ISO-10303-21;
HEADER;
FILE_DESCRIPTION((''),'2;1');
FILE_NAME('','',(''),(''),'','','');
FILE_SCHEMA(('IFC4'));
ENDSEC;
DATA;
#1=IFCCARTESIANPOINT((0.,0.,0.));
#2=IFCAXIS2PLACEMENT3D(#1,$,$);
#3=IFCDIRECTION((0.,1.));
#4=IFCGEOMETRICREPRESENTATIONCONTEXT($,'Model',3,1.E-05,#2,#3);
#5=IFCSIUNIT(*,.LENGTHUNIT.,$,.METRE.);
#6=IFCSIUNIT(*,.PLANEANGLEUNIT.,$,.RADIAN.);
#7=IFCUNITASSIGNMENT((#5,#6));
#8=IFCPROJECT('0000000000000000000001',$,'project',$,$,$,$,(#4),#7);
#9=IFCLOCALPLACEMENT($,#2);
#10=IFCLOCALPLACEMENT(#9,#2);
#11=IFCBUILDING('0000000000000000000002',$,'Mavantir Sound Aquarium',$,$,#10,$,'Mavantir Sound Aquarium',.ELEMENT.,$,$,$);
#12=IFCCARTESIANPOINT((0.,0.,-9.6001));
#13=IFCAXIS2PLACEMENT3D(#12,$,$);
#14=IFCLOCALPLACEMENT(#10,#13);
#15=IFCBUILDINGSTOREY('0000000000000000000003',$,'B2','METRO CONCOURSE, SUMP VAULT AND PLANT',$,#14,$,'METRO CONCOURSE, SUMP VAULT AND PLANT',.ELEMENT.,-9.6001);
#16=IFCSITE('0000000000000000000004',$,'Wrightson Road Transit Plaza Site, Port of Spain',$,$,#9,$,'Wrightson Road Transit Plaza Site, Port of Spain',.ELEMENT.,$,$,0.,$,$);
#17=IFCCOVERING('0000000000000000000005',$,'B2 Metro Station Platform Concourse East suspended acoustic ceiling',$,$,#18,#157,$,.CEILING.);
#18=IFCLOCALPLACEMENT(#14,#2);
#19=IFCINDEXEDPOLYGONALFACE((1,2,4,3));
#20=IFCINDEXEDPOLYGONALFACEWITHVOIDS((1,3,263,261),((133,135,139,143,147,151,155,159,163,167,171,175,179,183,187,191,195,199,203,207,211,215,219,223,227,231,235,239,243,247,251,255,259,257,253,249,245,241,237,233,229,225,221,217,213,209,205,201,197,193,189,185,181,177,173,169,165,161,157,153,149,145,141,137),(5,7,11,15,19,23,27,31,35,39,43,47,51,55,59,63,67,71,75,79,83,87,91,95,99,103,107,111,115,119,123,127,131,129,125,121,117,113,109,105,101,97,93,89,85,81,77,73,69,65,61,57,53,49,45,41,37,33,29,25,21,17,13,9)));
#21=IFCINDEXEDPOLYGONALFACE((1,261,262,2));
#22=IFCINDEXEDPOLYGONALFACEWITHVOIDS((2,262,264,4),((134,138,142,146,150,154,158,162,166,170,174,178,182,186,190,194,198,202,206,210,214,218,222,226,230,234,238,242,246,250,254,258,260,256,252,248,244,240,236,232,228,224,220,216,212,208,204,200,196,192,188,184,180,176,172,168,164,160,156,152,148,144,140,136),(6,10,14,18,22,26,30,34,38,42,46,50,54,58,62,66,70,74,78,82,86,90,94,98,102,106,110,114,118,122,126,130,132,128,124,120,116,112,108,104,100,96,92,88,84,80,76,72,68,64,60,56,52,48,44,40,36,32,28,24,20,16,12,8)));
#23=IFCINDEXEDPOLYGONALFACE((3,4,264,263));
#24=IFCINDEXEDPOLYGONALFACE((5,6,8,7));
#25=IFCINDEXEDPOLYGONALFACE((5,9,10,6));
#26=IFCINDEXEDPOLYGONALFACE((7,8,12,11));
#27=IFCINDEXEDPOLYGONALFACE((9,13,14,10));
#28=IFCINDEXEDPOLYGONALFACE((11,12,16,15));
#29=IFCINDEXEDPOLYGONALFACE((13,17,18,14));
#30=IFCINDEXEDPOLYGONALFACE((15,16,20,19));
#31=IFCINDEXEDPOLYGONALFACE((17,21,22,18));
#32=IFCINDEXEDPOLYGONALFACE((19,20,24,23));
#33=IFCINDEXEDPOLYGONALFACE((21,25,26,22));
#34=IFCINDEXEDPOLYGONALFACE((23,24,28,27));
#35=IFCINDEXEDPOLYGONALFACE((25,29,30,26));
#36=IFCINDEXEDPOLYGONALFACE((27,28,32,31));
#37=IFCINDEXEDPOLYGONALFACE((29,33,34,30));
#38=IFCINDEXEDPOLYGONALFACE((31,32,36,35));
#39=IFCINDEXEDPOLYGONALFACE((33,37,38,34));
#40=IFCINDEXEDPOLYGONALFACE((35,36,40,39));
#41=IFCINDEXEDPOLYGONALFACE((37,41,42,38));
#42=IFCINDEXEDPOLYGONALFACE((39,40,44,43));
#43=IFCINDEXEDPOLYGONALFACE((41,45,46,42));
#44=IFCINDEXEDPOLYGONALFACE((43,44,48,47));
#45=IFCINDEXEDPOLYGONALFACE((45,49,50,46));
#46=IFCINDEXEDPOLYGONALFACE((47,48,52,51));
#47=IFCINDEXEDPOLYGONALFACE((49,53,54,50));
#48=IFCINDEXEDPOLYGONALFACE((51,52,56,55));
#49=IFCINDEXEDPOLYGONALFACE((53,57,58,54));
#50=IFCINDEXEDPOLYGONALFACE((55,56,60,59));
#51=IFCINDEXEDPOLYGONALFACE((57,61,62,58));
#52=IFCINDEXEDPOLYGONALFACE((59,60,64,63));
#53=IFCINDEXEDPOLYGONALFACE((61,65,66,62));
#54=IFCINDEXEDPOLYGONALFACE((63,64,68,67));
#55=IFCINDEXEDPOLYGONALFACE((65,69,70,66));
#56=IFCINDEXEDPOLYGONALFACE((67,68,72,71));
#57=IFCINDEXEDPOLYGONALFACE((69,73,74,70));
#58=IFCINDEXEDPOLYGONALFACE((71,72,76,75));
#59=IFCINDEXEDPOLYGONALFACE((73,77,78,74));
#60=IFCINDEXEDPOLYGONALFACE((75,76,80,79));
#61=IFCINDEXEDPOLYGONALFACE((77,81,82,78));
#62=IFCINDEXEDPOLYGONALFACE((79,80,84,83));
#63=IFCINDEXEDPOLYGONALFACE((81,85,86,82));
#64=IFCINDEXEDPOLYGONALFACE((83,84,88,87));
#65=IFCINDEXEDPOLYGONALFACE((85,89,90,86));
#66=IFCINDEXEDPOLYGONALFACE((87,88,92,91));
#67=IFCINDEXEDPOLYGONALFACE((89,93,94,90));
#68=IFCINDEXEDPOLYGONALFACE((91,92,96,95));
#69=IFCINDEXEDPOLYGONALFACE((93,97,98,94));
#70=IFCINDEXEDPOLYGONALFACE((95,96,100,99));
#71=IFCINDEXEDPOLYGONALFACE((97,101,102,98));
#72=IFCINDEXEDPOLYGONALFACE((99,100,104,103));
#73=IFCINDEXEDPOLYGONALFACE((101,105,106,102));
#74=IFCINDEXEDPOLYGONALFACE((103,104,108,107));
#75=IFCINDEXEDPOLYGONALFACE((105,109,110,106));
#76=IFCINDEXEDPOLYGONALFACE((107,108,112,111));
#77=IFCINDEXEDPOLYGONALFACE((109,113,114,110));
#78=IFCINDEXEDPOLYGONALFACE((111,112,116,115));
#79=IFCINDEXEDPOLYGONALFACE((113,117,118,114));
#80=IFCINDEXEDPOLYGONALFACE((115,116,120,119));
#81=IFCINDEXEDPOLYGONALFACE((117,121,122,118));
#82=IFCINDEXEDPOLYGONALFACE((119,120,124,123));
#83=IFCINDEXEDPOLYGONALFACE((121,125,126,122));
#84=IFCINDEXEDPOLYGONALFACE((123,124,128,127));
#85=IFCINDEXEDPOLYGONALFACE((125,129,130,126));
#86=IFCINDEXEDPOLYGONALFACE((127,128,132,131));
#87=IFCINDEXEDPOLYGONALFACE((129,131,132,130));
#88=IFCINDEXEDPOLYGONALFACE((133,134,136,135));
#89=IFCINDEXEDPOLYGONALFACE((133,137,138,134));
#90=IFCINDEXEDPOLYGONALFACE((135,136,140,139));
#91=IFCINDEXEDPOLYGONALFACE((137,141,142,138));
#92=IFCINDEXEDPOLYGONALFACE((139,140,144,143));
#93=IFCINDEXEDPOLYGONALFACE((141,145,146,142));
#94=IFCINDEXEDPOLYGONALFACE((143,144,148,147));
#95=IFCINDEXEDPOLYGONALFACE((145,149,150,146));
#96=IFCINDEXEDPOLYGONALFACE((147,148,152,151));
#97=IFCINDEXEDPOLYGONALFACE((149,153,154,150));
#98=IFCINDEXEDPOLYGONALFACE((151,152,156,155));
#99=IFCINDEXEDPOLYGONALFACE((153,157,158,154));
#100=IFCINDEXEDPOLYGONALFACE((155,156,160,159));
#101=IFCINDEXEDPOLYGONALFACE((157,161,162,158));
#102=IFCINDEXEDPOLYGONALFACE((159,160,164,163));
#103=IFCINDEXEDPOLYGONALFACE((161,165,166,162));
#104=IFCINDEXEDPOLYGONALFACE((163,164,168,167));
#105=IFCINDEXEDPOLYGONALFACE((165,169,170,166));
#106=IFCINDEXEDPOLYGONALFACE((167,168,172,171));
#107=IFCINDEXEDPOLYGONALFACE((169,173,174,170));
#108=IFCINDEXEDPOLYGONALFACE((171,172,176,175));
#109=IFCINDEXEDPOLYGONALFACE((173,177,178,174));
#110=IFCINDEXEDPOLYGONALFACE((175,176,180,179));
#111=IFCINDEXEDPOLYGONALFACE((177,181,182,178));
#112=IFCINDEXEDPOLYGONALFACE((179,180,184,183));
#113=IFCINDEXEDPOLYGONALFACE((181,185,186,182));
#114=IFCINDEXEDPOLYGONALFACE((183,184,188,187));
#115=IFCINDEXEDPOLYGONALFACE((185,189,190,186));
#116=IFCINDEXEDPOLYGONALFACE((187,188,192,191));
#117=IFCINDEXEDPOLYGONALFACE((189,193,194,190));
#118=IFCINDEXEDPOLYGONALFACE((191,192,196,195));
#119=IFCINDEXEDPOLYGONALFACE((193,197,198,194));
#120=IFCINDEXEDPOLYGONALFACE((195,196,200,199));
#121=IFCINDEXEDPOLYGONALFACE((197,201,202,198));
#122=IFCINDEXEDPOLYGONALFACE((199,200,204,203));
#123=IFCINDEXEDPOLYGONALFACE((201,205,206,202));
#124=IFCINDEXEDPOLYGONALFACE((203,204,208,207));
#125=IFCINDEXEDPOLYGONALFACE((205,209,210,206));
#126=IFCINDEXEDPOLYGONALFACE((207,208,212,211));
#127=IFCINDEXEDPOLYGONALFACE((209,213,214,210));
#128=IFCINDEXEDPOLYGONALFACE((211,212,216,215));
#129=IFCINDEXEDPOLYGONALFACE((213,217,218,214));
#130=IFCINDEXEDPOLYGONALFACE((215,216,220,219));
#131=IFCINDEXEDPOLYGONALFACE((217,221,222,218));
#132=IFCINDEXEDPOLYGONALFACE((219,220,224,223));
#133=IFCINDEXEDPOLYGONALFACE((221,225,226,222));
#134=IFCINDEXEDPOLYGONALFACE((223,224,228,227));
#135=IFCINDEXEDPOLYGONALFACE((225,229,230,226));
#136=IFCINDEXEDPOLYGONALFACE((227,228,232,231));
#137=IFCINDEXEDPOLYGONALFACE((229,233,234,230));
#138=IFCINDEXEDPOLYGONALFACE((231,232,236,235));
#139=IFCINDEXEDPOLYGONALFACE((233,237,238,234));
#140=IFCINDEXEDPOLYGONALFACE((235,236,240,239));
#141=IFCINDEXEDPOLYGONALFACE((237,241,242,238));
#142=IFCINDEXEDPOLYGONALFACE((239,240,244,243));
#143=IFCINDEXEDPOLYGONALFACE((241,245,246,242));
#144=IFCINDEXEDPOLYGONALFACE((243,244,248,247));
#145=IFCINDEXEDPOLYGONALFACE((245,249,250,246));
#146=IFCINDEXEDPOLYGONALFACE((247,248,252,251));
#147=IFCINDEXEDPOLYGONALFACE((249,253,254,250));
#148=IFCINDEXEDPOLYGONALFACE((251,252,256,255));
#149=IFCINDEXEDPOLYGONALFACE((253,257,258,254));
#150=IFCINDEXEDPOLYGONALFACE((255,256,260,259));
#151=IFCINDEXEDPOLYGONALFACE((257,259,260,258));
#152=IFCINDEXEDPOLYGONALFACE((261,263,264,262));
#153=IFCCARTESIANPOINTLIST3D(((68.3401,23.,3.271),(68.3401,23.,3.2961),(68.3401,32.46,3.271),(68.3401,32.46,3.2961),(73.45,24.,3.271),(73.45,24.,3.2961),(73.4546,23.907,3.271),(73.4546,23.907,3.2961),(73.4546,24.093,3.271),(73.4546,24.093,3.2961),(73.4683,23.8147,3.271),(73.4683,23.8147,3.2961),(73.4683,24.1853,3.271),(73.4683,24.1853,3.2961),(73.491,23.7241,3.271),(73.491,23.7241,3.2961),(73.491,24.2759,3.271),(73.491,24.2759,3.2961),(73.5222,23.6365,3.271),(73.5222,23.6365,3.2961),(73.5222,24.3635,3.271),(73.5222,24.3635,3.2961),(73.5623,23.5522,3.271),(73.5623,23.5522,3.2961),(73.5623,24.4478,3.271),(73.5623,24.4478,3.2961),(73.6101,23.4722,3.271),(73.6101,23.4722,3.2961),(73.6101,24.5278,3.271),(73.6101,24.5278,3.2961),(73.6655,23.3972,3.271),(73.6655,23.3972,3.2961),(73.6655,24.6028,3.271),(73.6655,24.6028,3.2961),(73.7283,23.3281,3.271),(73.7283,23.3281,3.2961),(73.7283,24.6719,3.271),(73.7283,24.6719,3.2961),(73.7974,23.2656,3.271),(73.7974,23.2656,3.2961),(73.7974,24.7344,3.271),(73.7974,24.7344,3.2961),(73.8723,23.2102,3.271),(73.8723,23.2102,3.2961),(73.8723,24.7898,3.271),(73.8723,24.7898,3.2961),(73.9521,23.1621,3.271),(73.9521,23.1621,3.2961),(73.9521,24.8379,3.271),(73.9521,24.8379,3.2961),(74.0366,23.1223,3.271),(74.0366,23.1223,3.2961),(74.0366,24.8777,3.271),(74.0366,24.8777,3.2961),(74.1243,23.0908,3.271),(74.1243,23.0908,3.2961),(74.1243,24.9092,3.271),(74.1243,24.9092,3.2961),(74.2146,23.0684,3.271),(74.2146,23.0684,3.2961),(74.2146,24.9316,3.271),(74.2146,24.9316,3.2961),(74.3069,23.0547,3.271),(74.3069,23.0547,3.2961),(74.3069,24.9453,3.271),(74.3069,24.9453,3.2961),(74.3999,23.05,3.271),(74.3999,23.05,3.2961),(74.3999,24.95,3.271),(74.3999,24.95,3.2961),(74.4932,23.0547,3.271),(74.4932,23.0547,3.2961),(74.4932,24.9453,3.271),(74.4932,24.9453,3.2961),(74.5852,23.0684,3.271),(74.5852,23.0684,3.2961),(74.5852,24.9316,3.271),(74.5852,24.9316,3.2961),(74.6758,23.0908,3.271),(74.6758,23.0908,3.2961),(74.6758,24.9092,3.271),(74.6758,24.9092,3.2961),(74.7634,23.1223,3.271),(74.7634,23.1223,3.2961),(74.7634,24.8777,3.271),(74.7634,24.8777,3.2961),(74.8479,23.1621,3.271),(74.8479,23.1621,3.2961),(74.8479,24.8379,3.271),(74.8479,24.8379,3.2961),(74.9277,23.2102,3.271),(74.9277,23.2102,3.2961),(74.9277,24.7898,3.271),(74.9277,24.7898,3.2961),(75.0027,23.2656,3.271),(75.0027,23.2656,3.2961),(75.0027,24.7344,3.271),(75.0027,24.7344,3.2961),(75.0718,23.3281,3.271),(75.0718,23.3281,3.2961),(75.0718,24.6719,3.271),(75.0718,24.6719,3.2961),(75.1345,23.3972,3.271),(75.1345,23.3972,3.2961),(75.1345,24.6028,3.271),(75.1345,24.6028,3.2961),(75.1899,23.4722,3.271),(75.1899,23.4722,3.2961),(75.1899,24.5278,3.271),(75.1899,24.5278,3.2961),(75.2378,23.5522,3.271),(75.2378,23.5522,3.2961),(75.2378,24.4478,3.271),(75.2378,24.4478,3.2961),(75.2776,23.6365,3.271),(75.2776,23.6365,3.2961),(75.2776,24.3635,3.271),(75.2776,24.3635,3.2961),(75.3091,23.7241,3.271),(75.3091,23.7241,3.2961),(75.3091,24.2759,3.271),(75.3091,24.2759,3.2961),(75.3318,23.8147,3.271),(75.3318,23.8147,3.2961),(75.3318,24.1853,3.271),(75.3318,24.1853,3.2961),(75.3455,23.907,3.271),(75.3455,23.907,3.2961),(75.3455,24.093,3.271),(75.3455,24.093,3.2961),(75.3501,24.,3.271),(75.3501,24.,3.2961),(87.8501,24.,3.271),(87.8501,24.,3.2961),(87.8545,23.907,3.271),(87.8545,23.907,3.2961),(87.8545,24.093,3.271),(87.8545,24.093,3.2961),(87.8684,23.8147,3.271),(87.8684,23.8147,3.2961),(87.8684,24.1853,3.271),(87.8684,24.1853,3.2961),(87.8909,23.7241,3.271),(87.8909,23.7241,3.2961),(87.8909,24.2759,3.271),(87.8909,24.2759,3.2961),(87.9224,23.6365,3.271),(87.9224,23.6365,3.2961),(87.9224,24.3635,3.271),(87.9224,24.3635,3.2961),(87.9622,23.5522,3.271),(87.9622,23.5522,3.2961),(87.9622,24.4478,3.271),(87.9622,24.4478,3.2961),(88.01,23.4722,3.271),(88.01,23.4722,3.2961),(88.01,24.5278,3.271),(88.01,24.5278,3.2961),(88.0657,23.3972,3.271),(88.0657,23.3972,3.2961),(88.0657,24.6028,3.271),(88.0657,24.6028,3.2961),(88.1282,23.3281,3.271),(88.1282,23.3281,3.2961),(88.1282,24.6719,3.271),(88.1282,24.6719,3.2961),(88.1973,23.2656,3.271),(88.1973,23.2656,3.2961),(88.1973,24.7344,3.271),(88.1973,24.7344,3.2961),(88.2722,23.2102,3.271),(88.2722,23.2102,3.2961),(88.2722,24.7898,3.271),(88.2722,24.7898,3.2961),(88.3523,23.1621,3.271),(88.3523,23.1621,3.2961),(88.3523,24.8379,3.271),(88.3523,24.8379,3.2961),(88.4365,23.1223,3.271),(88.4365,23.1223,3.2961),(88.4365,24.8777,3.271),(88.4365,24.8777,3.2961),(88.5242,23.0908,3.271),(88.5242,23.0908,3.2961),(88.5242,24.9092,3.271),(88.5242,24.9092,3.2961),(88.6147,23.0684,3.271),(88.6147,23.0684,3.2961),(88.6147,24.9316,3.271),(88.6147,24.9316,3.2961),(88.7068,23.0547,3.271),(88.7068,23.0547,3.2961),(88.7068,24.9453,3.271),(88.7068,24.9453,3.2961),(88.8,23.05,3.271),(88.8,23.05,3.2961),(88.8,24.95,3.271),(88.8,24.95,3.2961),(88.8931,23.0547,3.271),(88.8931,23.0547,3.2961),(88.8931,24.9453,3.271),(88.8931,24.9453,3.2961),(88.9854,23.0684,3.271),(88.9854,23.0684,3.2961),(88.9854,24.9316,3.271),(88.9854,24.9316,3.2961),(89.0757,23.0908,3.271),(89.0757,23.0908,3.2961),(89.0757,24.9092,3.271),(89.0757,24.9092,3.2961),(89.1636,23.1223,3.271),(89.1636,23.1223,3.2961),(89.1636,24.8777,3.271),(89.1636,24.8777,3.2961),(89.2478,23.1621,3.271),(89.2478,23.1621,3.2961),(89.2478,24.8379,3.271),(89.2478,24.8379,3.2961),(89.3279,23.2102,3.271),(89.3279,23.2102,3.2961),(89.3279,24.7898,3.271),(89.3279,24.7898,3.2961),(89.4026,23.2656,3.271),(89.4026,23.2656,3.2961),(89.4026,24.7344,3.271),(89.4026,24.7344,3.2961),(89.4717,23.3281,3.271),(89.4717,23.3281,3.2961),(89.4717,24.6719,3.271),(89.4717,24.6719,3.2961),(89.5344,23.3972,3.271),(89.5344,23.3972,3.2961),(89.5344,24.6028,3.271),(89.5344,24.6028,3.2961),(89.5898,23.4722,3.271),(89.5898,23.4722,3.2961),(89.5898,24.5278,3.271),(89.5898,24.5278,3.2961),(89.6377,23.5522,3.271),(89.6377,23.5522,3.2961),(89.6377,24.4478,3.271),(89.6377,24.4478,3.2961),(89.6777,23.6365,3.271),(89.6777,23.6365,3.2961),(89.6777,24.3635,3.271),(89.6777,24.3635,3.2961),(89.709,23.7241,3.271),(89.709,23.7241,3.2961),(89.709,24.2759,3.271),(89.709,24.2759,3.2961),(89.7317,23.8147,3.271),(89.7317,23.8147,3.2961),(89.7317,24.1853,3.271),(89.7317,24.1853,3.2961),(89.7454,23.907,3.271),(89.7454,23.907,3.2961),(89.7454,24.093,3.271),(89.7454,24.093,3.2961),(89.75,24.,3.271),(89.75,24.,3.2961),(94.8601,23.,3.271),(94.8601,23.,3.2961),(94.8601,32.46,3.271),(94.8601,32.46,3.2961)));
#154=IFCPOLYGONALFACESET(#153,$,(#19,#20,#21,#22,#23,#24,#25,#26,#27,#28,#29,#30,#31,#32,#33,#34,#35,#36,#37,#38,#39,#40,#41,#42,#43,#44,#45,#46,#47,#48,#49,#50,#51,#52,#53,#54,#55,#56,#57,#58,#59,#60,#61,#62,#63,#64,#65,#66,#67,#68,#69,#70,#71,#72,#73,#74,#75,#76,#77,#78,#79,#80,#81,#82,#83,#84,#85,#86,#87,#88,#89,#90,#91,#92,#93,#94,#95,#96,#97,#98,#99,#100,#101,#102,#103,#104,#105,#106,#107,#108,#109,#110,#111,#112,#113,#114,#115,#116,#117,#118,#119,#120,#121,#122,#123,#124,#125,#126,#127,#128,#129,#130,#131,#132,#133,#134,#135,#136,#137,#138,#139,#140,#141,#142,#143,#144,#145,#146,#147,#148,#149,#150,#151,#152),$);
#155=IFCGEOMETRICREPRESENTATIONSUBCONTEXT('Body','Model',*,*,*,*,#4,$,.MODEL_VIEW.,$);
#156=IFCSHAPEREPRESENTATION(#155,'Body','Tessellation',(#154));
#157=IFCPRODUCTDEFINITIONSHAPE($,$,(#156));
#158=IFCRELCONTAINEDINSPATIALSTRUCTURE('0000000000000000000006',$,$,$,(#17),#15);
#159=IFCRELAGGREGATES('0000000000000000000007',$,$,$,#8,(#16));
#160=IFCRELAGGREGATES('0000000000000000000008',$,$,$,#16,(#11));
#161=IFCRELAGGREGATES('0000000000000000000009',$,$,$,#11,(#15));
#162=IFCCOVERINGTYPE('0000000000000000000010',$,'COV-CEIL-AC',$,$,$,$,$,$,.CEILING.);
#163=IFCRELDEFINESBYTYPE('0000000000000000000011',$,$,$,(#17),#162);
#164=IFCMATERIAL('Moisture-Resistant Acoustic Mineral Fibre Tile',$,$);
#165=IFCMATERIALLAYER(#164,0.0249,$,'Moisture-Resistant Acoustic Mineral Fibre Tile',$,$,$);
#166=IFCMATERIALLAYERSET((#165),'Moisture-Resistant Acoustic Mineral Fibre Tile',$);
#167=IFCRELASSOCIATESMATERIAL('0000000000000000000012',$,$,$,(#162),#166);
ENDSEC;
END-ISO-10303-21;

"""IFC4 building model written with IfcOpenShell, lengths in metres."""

from ifc_helpers import new_model, si_unit, direction, frame, origin, place, context, subcontext, project, spatial, polyline, outline, extrude, material, layer, layer_set, type_object, element, save


model = new_model("IFC4")

# Units and contexts
model_context = context("Model", 3, precision=1e-05, world=origin(), true_north=direction((0.0, 1.0)))
body_context = subcontext(model_context, "Body", "Model", "MODEL_VIEW")
ifc_project = project(units=[si_unit("LENGTHUNIT", "METRE"), si_unit("PLANEANGLEUNIT", "RADIAN")], contexts=[model_context])

# Site, building, storey
site_placement = place(None, origin())
site = spatial("IfcSite", under=ifc_project, at=site_placement, Name="Wrightson Road Transit Plaza Site, Port of Spain", LongName="Wrightson Road Transit Plaza Site, Port of Spain", CompositionType="ELEMENT", RefElevation=0.0)
building_placement = place(site_placement, origin())
building = spatial("IfcBuilding", under=site, at=building_placement, Name="Mavantir Sound Aquarium", LongName="Mavantir Sound Aquarium", CompositionType="ELEMENT")
storey_placement = place(building_placement, frame((0.0, 0.0, -9.6001)))
storey = spatial("IfcBuildingStorey", under=building, at=storey_placement, Name="B2", Description="METRO CONCOURSE, SUMP VAULT AND PLANT", LongName="METRO CONCOURSE, SUMP VAULT AND PLANT", CompositionType="ELEMENT", Elevation=-9.6001)

# Covering
ifc_material_1 = material(Name="Moisture-Resistant Acoustic Mineral Fibre Tile")
ifc_layer_1 = layer(ifc_material_1, 0.0249, Name="Moisture-Resistant Acoustic Mineral Fibre Tile")
ifc_layer_set_1 = layer_set([ifc_layer_1], Name="Moisture-Resistant Acoustic Mineral Fibre Tile")
covering_type_1 = type_object("IfcCoveringType", Name="COV-CEIL-AC", PredefinedType="CEILING", material=ifc_layer_set_1)
covering_1_placement = place(storey_placement, frame((0.0, 0.0, 3.271)))
element("IfcCovering", 1, at=covering_1_placement, inside=storey, type_object=covering_type_1, Name="B2 Metro Station Platform Concourse East suspended acoustic ceiling", PredefinedType="CEILING", context=body_context, shape_type="SweptSolid", body=[
    extrude(outline(polyline([(94.8601, 32.46), (94.8601, 23.0), (68.3401, 23.0), (68.3401, 32.46), (94.8601, 32.46)]), holes=[polyline([(89.4717, 23.3281), (89.5344, 23.3972), (89.5898, 23.4722), (89.6377, 23.5522), (89.6777, 23.6365), (89.709, 23.7241), (89.7317, 23.8147), (89.7454, 23.907), (89.75, 24.0), (89.7454, 24.093), (89.7317, 24.1853), (89.709, 24.2759), (89.6777, 24.3635), (89.6377, 24.4478), (89.5898, 24.5278), (89.5344, 24.6028), (89.4717, 24.6719), (89.4026, 24.7344), (89.3279, 24.7898), (89.2478, 24.8379), (89.1636, 24.8777), (89.0757, 24.9092), (88.9854, 24.9316), (88.8931, 24.9453), (88.8, 24.95), (88.7068, 24.9453), (88.6147, 24.9316), (88.5242, 24.9092), (88.4365, 24.8777), (88.3523, 24.8379), (88.2722, 24.7898), (88.1973, 24.7344), (88.1282, 24.6719), (88.0657, 24.6028), (88.01, 24.5278), (87.9622, 24.4478), (87.9224, 24.3635), (87.8909, 24.2759), (87.8684, 24.1853), (87.8545, 24.093), (87.8501, 24.0), (87.8545, 23.907), (87.8684, 23.8147), (87.8909, 23.7241), (87.9224, 23.6365), (87.9622, 23.5522), (88.01, 23.4722), (88.0657, 23.3972), (88.1282, 23.3281), (88.1973, 23.2656), (88.2722, 23.2102), (88.3523, 23.1621), (88.4365, 23.1223), (88.5242, 23.0908), (88.6147, 23.0684), (88.7068, 23.0547), (88.8, 23.05), (88.8931, 23.0547), (88.9854, 23.0684), (89.0757, 23.0908), (89.1636, 23.1223), (89.2478, 23.1621), (89.3279, 23.2102), (89.4026, 23.2656), (89.4717, 23.3281)]), polyline([(75.0718, 23.3281), (75.1345, 23.3972), (75.1899, 23.4722), (75.2378, 23.5522), (75.2776, 23.6365), (75.3091, 23.7241), (75.3318, 23.8147), (75.3455, 23.907), (75.3501, 24.0), (75.3455, 24.093), (75.3318, 24.1853), (75.3091, 24.2759), (75.2776, 24.3635), (75.2378, 24.4478), (75.1899, 24.5278), (75.1345, 24.6028), (75.0718, 24.6719), (75.0027, 24.7344), (74.9277, 24.7898), (74.8479, 24.8379), (74.7634, 24.8777), (74.6758, 24.9092), (74.5852, 24.9316), (74.4932, 24.9453), (74.3999, 24.95), (74.3069, 24.9453), (74.2146, 24.9316), (74.1243, 24.9092), (74.0366, 24.8777), (73.9521, 24.8379), (73.8723, 24.7898), (73.7974, 24.7344), (73.7283, 24.6719), (73.6655, 24.6028), (73.6101, 24.5278), (73.5623, 24.4478), (73.5222, 24.3635), (73.491, 24.2759), (73.4683, 24.1853), (73.4546, 24.093), (73.45, 24.0), (73.4546, 23.907), (73.4683, 23.8147), (73.491, 23.7241), (73.5222, 23.6365), (73.5623, 23.5522), (73.6101, 23.4722), (73.6655, 23.3972), (73.7283, 23.3281), (73.7974, 23.2656), (73.8723, 23.2102), (73.9521, 23.1621), (74.0366, 23.1223), (74.1243, 23.0908), (74.2146, 23.0684), (74.3069, 23.0547), (74.3999, 23.05), (74.4932, 23.0547), (74.5852, 23.0684), (74.6758, 23.0908), (74.7634, 23.1223), (74.8479, 23.1621), (74.9277, 23.2102), (75.0027, 23.2656), (75.0718, 23.3281)])]), origin(), (0.0, 0.0, 1.0), 0.0251),
])

save(model, "model.ifc")
